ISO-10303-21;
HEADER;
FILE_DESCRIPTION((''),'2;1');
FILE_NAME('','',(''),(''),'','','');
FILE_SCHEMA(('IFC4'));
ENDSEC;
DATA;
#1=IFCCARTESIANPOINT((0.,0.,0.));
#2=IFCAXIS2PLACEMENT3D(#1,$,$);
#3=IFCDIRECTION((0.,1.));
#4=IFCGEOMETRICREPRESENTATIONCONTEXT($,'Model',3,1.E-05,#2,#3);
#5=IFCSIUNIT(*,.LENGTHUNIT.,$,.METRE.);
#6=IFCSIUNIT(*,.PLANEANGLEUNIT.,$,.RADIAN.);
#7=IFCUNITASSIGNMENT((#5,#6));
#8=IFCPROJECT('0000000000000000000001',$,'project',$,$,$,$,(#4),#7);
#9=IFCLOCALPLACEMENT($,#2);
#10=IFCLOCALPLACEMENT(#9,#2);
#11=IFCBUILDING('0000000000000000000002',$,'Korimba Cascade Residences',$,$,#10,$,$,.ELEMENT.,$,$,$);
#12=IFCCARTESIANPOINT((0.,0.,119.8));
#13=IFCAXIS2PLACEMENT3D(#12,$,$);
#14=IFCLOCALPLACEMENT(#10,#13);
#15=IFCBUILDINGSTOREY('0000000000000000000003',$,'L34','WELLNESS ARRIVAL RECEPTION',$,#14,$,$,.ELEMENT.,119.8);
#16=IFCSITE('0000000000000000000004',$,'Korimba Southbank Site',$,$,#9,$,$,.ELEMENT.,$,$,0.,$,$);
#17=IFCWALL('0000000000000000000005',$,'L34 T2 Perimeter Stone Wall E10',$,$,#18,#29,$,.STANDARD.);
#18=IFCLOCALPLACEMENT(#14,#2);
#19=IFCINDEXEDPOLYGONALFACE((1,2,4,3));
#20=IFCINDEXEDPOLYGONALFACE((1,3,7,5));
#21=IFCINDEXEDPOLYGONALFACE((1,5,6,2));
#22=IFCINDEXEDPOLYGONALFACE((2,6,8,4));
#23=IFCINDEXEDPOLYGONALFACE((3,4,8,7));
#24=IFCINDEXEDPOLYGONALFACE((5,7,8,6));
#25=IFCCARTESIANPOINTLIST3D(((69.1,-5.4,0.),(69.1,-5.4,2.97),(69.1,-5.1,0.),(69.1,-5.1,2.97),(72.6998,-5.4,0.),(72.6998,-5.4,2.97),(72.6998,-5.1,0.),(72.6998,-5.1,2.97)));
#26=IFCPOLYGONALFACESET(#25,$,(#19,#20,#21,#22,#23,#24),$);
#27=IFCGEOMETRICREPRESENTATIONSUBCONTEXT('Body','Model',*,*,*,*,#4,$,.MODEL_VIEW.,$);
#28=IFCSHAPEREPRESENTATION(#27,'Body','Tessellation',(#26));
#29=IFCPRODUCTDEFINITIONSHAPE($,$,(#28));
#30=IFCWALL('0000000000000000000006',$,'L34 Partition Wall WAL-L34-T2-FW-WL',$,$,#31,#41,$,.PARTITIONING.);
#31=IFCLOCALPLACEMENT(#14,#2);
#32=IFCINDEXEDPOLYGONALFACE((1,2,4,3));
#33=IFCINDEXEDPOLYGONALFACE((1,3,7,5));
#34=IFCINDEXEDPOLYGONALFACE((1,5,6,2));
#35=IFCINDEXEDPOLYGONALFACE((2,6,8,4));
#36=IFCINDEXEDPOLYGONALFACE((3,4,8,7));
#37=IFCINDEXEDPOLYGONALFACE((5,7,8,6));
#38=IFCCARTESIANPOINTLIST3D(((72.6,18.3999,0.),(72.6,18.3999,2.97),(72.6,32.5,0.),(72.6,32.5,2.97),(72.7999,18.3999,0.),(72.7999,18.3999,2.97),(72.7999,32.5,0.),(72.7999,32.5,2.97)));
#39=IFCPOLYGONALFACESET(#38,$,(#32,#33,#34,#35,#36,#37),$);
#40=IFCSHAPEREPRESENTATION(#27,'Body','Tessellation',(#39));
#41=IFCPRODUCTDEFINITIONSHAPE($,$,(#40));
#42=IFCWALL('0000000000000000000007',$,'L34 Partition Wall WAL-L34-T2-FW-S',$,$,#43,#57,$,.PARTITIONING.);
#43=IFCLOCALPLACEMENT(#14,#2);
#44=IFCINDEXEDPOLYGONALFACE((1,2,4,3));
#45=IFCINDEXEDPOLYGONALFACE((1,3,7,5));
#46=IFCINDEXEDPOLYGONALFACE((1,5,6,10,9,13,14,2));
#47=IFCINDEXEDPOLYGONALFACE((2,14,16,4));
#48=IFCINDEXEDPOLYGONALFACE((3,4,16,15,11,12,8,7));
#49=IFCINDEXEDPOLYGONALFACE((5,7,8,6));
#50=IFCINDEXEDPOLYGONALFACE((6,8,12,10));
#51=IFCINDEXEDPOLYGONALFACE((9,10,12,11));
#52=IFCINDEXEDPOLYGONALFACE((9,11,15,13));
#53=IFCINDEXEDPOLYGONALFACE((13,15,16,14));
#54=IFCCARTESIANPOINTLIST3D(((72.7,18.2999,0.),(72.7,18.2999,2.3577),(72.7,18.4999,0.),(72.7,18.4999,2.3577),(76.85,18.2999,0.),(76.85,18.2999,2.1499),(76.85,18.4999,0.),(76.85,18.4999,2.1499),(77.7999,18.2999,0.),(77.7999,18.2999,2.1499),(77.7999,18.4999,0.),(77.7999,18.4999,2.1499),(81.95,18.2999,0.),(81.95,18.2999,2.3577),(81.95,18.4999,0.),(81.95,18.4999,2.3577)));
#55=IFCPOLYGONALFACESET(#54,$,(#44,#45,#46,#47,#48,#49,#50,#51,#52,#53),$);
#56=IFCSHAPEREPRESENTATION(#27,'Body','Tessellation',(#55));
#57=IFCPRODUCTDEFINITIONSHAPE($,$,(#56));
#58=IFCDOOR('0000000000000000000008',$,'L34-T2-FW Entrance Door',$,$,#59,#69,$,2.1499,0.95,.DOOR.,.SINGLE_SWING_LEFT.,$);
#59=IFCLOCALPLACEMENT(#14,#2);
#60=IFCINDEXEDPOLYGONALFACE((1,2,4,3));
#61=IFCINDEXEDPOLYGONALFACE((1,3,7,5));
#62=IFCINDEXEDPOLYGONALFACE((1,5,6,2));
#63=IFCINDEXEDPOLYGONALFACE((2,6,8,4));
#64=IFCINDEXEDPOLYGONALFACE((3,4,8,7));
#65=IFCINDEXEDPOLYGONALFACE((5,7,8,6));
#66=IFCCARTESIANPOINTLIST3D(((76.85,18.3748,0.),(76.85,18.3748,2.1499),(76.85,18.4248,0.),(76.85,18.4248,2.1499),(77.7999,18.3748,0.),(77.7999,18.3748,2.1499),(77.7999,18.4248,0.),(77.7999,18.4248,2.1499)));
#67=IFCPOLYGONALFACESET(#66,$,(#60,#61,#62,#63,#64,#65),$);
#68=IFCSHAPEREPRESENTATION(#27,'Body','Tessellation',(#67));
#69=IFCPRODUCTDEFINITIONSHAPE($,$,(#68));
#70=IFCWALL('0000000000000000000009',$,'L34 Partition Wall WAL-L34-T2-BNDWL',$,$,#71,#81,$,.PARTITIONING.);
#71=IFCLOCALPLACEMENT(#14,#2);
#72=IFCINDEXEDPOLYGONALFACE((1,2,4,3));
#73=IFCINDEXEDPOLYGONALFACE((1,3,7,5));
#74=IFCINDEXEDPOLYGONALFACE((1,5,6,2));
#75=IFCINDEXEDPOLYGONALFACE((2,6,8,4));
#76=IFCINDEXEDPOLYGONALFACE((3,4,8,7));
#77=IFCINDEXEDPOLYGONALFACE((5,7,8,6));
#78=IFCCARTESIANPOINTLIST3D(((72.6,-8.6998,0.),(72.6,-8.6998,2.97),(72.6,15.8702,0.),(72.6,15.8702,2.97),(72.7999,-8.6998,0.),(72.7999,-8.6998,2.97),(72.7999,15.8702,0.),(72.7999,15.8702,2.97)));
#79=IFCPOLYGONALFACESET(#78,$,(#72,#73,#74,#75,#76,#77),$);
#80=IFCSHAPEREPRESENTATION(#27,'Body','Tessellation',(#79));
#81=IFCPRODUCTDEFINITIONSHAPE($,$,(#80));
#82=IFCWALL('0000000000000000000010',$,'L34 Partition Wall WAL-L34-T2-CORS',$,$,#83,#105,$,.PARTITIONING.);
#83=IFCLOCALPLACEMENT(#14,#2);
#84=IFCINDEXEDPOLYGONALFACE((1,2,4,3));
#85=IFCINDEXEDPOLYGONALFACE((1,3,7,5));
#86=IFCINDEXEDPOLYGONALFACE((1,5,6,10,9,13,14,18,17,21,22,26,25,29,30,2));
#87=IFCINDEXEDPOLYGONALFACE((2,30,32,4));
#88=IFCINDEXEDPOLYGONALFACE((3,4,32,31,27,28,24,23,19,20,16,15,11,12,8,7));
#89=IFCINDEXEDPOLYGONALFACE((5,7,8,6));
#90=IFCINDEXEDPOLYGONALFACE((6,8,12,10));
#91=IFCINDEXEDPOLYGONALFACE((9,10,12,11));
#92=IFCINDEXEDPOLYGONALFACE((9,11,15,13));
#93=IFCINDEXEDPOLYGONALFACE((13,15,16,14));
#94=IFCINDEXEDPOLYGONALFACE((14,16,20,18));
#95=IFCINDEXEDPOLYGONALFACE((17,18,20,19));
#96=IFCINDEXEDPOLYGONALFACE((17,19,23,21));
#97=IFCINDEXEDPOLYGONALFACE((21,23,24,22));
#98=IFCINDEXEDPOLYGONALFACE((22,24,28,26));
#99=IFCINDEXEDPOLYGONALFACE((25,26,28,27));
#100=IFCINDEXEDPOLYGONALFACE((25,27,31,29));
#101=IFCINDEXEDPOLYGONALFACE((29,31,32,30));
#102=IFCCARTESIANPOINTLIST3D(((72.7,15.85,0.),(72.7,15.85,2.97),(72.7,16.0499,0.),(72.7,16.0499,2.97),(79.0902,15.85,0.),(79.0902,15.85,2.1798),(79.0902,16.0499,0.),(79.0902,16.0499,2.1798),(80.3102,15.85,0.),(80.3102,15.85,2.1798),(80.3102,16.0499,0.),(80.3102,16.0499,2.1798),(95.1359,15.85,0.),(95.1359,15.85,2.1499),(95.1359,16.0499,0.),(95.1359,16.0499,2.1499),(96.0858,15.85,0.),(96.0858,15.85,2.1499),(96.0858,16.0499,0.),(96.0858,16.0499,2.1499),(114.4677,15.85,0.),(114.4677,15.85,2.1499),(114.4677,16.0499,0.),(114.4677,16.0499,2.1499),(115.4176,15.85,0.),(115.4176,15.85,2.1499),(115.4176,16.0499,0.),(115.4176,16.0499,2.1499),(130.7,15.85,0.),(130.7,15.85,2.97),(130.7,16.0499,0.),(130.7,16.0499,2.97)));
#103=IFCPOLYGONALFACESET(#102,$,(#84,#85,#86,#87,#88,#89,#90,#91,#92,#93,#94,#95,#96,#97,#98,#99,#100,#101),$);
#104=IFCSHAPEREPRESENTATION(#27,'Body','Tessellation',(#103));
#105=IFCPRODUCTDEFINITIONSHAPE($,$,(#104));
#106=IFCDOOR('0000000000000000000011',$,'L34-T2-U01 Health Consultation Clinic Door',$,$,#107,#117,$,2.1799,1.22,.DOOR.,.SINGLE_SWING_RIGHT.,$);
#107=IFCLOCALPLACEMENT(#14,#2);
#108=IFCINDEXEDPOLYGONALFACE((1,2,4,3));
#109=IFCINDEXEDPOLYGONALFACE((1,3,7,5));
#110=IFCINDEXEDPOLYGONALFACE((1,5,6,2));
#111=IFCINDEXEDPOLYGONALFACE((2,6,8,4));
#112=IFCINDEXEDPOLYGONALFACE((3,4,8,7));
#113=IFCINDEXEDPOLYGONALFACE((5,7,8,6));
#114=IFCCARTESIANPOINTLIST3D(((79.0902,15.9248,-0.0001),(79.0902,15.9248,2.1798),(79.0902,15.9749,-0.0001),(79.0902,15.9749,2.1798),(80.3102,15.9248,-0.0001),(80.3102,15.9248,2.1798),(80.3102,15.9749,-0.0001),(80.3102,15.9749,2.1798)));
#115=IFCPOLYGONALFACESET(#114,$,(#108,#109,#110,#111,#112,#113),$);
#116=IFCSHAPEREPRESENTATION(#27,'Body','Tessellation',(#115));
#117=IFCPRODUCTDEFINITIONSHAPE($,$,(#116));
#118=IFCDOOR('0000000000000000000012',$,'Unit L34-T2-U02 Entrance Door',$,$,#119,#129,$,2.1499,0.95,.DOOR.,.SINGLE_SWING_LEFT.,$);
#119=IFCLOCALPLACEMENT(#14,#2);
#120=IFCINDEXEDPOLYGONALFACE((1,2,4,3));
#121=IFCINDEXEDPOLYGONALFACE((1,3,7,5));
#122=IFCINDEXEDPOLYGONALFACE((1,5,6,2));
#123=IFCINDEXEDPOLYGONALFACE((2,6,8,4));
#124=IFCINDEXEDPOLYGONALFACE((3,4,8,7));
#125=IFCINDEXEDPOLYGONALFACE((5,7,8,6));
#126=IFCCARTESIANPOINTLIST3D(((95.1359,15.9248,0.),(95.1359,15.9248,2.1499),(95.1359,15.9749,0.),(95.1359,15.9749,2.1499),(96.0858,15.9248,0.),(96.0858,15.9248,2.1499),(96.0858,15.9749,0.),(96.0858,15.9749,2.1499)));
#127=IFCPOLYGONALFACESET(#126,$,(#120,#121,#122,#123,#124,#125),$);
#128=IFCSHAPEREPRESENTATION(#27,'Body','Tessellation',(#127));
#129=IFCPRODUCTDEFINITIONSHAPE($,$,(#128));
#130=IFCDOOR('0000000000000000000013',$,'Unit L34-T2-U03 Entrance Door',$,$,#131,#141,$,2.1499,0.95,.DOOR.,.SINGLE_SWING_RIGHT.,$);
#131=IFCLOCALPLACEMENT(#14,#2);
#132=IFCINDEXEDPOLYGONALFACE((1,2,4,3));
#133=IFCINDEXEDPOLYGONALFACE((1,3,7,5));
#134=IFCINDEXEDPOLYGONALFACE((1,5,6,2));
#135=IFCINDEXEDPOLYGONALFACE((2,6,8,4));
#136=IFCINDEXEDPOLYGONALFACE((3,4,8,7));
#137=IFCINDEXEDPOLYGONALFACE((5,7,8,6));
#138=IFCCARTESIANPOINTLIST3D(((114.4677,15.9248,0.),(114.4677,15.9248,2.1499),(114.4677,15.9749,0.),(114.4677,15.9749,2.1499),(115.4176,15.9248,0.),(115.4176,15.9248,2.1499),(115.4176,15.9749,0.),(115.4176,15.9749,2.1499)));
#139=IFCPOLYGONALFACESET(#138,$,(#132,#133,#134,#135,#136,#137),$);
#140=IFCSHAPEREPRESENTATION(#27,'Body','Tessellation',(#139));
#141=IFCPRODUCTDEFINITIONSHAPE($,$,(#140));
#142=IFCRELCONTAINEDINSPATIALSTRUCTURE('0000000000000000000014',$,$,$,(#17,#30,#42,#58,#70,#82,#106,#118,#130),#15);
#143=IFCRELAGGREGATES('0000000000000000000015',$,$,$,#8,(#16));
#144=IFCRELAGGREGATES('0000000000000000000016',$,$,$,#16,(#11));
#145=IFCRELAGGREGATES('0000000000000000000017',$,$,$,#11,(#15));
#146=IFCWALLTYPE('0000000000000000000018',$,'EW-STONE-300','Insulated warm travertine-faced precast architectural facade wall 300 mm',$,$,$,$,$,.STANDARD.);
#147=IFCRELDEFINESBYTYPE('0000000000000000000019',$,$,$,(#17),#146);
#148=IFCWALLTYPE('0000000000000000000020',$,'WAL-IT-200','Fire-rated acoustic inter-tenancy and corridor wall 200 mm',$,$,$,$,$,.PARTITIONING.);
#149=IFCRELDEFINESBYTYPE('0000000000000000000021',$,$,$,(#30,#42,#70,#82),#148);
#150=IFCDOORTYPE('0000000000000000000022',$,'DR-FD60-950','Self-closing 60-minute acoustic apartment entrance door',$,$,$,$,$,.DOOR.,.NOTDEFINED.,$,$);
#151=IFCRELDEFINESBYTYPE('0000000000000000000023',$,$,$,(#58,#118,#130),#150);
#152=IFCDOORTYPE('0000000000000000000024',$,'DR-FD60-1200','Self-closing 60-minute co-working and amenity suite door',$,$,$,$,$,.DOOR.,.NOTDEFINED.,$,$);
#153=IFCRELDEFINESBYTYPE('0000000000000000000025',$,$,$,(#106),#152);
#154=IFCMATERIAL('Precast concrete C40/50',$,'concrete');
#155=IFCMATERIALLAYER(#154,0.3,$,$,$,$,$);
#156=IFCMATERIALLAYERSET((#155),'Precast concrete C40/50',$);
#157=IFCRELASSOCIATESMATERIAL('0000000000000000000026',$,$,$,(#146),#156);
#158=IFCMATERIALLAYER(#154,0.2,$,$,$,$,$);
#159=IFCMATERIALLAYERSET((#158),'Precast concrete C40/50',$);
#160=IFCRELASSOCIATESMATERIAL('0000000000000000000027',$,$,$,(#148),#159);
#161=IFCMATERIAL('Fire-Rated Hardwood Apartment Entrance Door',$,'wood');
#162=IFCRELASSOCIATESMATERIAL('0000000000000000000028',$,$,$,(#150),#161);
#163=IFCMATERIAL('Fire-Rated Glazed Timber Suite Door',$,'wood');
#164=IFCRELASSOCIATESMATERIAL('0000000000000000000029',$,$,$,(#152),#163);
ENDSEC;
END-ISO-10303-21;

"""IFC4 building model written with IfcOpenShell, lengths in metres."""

from ifc_helpers import new_model, si_unit, direction, frame, frame_2d, origin, place, context, subcontext, project, spatial, rectangle, extrude, material, layer, layer_set, type_object, element, fill, save


model = new_model("IFC4")

# Units and contexts
model_context = context("Model", 3, precision=1e-05, world=origin(), true_north=direction((0.0, 1.0)))
body_context = subcontext(model_context, "Body", "Model", "MODEL_VIEW")
ifc_project = project(units=[si_unit("LENGTHUNIT", "METRE"), si_unit("PLANEANGLEUNIT", "RADIAN")], contexts=[model_context])

# Site, building, storey
site_placement = place(None, origin())
site = spatial("IfcSite", under=ifc_project, at=site_placement, Name="Korimba Southbank Site", CompositionType="ELEMENT", RefElevation=0.0)
building_placement = place(site_placement, origin())
building = spatial("IfcBuilding", under=site, at=building_placement, Name="Korimba Cascade Residences", CompositionType="ELEMENT")
storey_placement = place(building_placement, frame((0.0, 0.0, 119.8)))
storey = spatial("IfcBuildingStorey", under=building, at=storey_placement, Name="L34", Description="WELLNESS ARRIVAL RECEPTION", CompositionType="ELEMENT", Elevation=119.8)

# Shared definitions
ifc_material_1 = material(Name="Precast concrete C40/50", Category="concrete")

# Walls
ifc_layer_1 = layer(ifc_material_1, 0.3)
ifc_layer_set_1 = layer_set([ifc_layer_1], Name="Precast concrete C40/50")
wall_type_1 = type_object("IfcWallType", Name="EW-STONE-300", Description="Insulated warm travertine-faced precast architectural facade wall 300 mm", PredefinedType="STANDARD", material=ifc_layer_set_1)
wall_1_placement = place(storey_placement, frame((69.1001, -5.25, 0.0), z_axis=(0.0, 0.0, 1.0), x_axis=(1.0, 0.0, 0.0)))
element("IfcWall", 1, at=wall_1_placement, inside=storey, type_object=wall_type_1, Name="L34 T2 Perimeter Stone Wall E10", PredefinedType="STANDARD", context=body_context, shape_type="SweptSolid", body=[
    extrude(rectangle(XDim=3.5999, YDim=0.3, at=frame_2d((1.7998, 0.0))), origin(), (0.0, 0.0, 1.0), 2.97),
])
ifc_layer_2 = layer(ifc_material_1, 0.2)
ifc_layer_set_2 = layer_set([ifc_layer_2], Name="Precast concrete C40/50")
wall_type_2 = type_object("IfcWallType", Name="WAL-IT-200", Description="Fire-rated acoustic inter-tenancy and corridor wall 200 mm", PredefinedType="PARTITIONING", material=ifc_layer_set_2)
wall_2_placement = place(storey_placement, frame((72.7, 18.3999, 0.0), z_axis=(0.0, 0.0, 1.0), x_axis=(0.0, 1.0, 0.0)))
element("IfcWall", 2, at=wall_2_placement, inside=storey, type_object=wall_type_2, Name="L34 Partition Wall WAL-L34-T2-FW-WL", PredefinedType="PARTITIONING", context=body_context, shape_type="SweptSolid", body=[
    extrude(rectangle(XDim=14.1001, YDim=0.2, at=frame_2d((7.05, 0.0))), origin(), (0.0, 0.0, 1.0), 2.97),
])

# Wall, opening, door
wall_3_placement = place(storey_placement, frame((72.7, 18.3999, 0.0), z_axis=(0.0, 0.0, 1.0), x_axis=(1.0, 0.0, 0.0)))
wall_3 = element("IfcWall", 3, at=wall_3_placement, inside=storey, type_object=wall_type_2, Name="L34 Partition Wall WAL-L34-T2-FW-S", PredefinedType="PARTITIONING", context=body_context, shape_type="SweptSolid", body=[
    extrude(rectangle(XDim=9.25, YDim=0.2, at=frame_2d((4.625, 0.0))), origin(), (0.0, 0.0, 1.0), 2.3577),
])
opening_1_placement = place(wall_3_placement, frame((4.1499, 0.0, 0.0)))
opening_1 = element("IfcOpeningElement", 4, at=opening_1_placement, cuts=wall_3, PredefinedType="OPENING", context=body_context, shape_type="SweptSolid", body=[
    extrude(rectangle(XDim=0.95, YDim=2.1499, at=frame_2d((0.4751, 1.075))), frame((0.0, 0.1099, 0.0), z_axis=(0.0, -1.0, 0.0), x_axis=(1.0, 0.0, 0.0)), (0.0, 0.0, 1.0), 0.22),
])
ifc_material_2 = material(Name="Fire-Rated Hardwood Apartment Entrance Door", Category="wood")
door_type_1 = type_object("IfcDoorType", Name="DR-FD60-950", Description="Self-closing 60-minute acoustic apartment entrance door", OperationType="NOTDEFINED", PredefinedType="DOOR", material=ifc_material_2)
door_1_placement = place(opening_1_placement, origin())
door_1 = element("IfcDoor", 5, at=door_1_placement, inside=storey, type_object=door_type_1, Name="L34-T2-FW Entrance Door", OperationType="SINGLE_SWING_LEFT", OverallHeight=2.1499, OverallWidth=0.95, PredefinedType="DOOR", context=body_context, shape_type="SweptSolid", body=[
    extrude(rectangle(XDim=0.95, YDim=2.1499, at=frame_2d((0.4751, 1.075))), frame((0.0, 0.0249, 0.0), z_axis=(0.0, -1.0, 0.0), x_axis=(1.0, 0.0, 0.0)), (0.0, 0.0, 1.0), 0.05),
])
fill(opening_1, door_1)

# Wall
wall_4_placement = place(storey_placement, frame((72.7, -8.7, 0.0), z_axis=(0.0, 0.0, 1.0), x_axis=(0.0, 1.0, 0.0)))
element("IfcWall", 6, at=wall_4_placement, inside=storey, type_object=wall_type_2, Name="L34 Partition Wall WAL-L34-T2-BNDWL", PredefinedType="PARTITIONING", context=body_context, shape_type="SweptSolid", body=[
    extrude(rectangle(XDim=24.5701, YDim=0.2, at=frame_2d((12.2852, 0.0))), origin(), (0.0, 0.0, 1.0), 2.97),
])

# Wall, openings, doors
wall_5_placement = place(storey_placement, frame((72.7, 15.95, 0.0), z_axis=(0.0, 0.0, 1.0), x_axis=(1.0, 0.0, 0.0)))
wall_5 = element("IfcWall", 7, at=wall_5_placement, inside=storey, type_object=wall_type_2, Name="L34 Partition Wall WAL-L34-T2-CORS", PredefinedType="PARTITIONING", context=body_context, shape_type="SweptSolid", body=[
    extrude(rectangle(XDim=58.0, YDim=0.2, at=frame_2d((29.0, 0.0))), origin(), (0.0, 0.0, 1.0), 2.97),
])
opening_2_placement = place(wall_5_placement, frame((6.3904, 0.0, 0.0)))
opening_2 = element("IfcOpeningElement", 8, at=opening_2_placement, cuts=wall_5, PredefinedType="OPENING", context=body_context, shape_type="SweptSolid", body=[
    extrude(rectangle(XDim=1.22, YDim=2.1799, at=frame_2d((0.6099, 1.0898))), frame((0.0, 0.1099, 0.0), z_axis=(0.0, -1.0, 0.0), x_axis=(1.0, 0.0, 0.0)), (0.0, 0.0, 1.0), 0.22),
])
opening_3_placement = place(wall_5_placement, frame((22.4358, 0.0, 0.0)))
opening_3 = element("IfcOpeningElement", 9, at=opening_3_placement, cuts=wall_5, PredefinedType="OPENING", context=body_context, shape_type="SweptSolid", body=[
    extrude(rectangle(XDim=0.95, YDim=2.1499, at=frame_2d((0.4751, 1.075))), frame((0.0, 0.1099, 0.0), z_axis=(0.0, -1.0, 0.0), x_axis=(1.0, 0.0, 0.0)), (0.0, 0.0, 1.0), 0.22),
])
opening_4_placement = place(wall_5_placement, frame((41.7676, 0.0, 0.0)))
opening_4 = element("IfcOpeningElement", 10, at=opening_4_placement, cuts=wall_5, PredefinedType="OPENING", context=body_context, shape_type="SweptSolid", body=[
    extrude(rectangle(XDim=0.95, YDim=2.1499, at=frame_2d((0.4751, 1.075))), frame((0.0, 0.1099, 0.0), z_axis=(0.0, -1.0, 0.0), x_axis=(1.0, 0.0, 0.0)), (0.0, 0.0, 1.0), 0.22),
])
ifc_material_3 = material(Name="Fire-Rated Glazed Timber Suite Door", Category="wood")
door_type_2 = type_object("IfcDoorType", Name="DR-FD60-1200", Description="Self-closing 60-minute co-working and amenity suite door", OperationType="NOTDEFINED", PredefinedType="DOOR", material=ifc_material_3)
door_2_placement = place(opening_2_placement, origin())
door_2 = element("IfcDoor", 11, at=door_2_placement, inside=storey, type_object=door_type_2, Name="L34-T2-U01 Health Consultation Clinic Door", OperationType="SINGLE_SWING_RIGHT", OverallHeight=2.1799, OverallWidth=1.22, PredefinedType="DOOR", context=body_context, shape_type="SweptSolid", body=[
    extrude(rectangle(XDim=1.22, YDim=2.1799, at=frame_2d((0.6099, 1.0898))), frame((0.0, 0.0249, 0.0), z_axis=(0.0, -1.0, 0.0), x_axis=(1.0, 0.0, 0.0)), (0.0, 0.0, 1.0), 0.05),
])
fill(opening_2, door_2)
door_3_placement = place(opening_3_placement, origin())
door_3 = element("IfcDoor", 12, at=door_3_placement, inside=storey, type_object=door_type_1, Name="Unit L34-T2-U02 Entrance Door", OperationType="SINGLE_SWING_LEFT", OverallHeight=2.1499, OverallWidth=0.95, PredefinedType="DOOR", context=body_context, shape_type="SweptSolid", body=[
    extrude(rectangle(XDim=0.95, YDim=2.1499, at=frame_2d((0.4751, 1.075))), frame((0.0, 0.0249, 0.0), z_axis=(0.0, -1.0, 0.0), x_axis=(1.0, 0.0, 0.0)), (0.0, 0.0, 1.0), 0.05),
])
fill(opening_3, door_3)
door_4_placement = place(opening_4_placement, origin())
door_4 = element("IfcDoor", 13, at=door_4_placement, inside=storey, type_object=door_type_1, Name="Unit L34-T2-U03 Entrance Door", OperationType="SINGLE_SWING_RIGHT", OverallHeight=2.1499, OverallWidth=0.95, PredefinedType="DOOR", context=body_context, shape_type="SweptSolid", body=[
    extrude(rectangle(XDim=0.95, YDim=2.1499, at=frame_2d((0.4751, 1.075))), frame((0.0, 0.0249, 0.0), z_axis=(0.0, -1.0, 0.0), x_axis=(1.0, 0.0, 0.0)), (0.0, 0.0, 1.0), 0.05),
])
fill(opening_4, door_4)

save(model, "model.ifc")
